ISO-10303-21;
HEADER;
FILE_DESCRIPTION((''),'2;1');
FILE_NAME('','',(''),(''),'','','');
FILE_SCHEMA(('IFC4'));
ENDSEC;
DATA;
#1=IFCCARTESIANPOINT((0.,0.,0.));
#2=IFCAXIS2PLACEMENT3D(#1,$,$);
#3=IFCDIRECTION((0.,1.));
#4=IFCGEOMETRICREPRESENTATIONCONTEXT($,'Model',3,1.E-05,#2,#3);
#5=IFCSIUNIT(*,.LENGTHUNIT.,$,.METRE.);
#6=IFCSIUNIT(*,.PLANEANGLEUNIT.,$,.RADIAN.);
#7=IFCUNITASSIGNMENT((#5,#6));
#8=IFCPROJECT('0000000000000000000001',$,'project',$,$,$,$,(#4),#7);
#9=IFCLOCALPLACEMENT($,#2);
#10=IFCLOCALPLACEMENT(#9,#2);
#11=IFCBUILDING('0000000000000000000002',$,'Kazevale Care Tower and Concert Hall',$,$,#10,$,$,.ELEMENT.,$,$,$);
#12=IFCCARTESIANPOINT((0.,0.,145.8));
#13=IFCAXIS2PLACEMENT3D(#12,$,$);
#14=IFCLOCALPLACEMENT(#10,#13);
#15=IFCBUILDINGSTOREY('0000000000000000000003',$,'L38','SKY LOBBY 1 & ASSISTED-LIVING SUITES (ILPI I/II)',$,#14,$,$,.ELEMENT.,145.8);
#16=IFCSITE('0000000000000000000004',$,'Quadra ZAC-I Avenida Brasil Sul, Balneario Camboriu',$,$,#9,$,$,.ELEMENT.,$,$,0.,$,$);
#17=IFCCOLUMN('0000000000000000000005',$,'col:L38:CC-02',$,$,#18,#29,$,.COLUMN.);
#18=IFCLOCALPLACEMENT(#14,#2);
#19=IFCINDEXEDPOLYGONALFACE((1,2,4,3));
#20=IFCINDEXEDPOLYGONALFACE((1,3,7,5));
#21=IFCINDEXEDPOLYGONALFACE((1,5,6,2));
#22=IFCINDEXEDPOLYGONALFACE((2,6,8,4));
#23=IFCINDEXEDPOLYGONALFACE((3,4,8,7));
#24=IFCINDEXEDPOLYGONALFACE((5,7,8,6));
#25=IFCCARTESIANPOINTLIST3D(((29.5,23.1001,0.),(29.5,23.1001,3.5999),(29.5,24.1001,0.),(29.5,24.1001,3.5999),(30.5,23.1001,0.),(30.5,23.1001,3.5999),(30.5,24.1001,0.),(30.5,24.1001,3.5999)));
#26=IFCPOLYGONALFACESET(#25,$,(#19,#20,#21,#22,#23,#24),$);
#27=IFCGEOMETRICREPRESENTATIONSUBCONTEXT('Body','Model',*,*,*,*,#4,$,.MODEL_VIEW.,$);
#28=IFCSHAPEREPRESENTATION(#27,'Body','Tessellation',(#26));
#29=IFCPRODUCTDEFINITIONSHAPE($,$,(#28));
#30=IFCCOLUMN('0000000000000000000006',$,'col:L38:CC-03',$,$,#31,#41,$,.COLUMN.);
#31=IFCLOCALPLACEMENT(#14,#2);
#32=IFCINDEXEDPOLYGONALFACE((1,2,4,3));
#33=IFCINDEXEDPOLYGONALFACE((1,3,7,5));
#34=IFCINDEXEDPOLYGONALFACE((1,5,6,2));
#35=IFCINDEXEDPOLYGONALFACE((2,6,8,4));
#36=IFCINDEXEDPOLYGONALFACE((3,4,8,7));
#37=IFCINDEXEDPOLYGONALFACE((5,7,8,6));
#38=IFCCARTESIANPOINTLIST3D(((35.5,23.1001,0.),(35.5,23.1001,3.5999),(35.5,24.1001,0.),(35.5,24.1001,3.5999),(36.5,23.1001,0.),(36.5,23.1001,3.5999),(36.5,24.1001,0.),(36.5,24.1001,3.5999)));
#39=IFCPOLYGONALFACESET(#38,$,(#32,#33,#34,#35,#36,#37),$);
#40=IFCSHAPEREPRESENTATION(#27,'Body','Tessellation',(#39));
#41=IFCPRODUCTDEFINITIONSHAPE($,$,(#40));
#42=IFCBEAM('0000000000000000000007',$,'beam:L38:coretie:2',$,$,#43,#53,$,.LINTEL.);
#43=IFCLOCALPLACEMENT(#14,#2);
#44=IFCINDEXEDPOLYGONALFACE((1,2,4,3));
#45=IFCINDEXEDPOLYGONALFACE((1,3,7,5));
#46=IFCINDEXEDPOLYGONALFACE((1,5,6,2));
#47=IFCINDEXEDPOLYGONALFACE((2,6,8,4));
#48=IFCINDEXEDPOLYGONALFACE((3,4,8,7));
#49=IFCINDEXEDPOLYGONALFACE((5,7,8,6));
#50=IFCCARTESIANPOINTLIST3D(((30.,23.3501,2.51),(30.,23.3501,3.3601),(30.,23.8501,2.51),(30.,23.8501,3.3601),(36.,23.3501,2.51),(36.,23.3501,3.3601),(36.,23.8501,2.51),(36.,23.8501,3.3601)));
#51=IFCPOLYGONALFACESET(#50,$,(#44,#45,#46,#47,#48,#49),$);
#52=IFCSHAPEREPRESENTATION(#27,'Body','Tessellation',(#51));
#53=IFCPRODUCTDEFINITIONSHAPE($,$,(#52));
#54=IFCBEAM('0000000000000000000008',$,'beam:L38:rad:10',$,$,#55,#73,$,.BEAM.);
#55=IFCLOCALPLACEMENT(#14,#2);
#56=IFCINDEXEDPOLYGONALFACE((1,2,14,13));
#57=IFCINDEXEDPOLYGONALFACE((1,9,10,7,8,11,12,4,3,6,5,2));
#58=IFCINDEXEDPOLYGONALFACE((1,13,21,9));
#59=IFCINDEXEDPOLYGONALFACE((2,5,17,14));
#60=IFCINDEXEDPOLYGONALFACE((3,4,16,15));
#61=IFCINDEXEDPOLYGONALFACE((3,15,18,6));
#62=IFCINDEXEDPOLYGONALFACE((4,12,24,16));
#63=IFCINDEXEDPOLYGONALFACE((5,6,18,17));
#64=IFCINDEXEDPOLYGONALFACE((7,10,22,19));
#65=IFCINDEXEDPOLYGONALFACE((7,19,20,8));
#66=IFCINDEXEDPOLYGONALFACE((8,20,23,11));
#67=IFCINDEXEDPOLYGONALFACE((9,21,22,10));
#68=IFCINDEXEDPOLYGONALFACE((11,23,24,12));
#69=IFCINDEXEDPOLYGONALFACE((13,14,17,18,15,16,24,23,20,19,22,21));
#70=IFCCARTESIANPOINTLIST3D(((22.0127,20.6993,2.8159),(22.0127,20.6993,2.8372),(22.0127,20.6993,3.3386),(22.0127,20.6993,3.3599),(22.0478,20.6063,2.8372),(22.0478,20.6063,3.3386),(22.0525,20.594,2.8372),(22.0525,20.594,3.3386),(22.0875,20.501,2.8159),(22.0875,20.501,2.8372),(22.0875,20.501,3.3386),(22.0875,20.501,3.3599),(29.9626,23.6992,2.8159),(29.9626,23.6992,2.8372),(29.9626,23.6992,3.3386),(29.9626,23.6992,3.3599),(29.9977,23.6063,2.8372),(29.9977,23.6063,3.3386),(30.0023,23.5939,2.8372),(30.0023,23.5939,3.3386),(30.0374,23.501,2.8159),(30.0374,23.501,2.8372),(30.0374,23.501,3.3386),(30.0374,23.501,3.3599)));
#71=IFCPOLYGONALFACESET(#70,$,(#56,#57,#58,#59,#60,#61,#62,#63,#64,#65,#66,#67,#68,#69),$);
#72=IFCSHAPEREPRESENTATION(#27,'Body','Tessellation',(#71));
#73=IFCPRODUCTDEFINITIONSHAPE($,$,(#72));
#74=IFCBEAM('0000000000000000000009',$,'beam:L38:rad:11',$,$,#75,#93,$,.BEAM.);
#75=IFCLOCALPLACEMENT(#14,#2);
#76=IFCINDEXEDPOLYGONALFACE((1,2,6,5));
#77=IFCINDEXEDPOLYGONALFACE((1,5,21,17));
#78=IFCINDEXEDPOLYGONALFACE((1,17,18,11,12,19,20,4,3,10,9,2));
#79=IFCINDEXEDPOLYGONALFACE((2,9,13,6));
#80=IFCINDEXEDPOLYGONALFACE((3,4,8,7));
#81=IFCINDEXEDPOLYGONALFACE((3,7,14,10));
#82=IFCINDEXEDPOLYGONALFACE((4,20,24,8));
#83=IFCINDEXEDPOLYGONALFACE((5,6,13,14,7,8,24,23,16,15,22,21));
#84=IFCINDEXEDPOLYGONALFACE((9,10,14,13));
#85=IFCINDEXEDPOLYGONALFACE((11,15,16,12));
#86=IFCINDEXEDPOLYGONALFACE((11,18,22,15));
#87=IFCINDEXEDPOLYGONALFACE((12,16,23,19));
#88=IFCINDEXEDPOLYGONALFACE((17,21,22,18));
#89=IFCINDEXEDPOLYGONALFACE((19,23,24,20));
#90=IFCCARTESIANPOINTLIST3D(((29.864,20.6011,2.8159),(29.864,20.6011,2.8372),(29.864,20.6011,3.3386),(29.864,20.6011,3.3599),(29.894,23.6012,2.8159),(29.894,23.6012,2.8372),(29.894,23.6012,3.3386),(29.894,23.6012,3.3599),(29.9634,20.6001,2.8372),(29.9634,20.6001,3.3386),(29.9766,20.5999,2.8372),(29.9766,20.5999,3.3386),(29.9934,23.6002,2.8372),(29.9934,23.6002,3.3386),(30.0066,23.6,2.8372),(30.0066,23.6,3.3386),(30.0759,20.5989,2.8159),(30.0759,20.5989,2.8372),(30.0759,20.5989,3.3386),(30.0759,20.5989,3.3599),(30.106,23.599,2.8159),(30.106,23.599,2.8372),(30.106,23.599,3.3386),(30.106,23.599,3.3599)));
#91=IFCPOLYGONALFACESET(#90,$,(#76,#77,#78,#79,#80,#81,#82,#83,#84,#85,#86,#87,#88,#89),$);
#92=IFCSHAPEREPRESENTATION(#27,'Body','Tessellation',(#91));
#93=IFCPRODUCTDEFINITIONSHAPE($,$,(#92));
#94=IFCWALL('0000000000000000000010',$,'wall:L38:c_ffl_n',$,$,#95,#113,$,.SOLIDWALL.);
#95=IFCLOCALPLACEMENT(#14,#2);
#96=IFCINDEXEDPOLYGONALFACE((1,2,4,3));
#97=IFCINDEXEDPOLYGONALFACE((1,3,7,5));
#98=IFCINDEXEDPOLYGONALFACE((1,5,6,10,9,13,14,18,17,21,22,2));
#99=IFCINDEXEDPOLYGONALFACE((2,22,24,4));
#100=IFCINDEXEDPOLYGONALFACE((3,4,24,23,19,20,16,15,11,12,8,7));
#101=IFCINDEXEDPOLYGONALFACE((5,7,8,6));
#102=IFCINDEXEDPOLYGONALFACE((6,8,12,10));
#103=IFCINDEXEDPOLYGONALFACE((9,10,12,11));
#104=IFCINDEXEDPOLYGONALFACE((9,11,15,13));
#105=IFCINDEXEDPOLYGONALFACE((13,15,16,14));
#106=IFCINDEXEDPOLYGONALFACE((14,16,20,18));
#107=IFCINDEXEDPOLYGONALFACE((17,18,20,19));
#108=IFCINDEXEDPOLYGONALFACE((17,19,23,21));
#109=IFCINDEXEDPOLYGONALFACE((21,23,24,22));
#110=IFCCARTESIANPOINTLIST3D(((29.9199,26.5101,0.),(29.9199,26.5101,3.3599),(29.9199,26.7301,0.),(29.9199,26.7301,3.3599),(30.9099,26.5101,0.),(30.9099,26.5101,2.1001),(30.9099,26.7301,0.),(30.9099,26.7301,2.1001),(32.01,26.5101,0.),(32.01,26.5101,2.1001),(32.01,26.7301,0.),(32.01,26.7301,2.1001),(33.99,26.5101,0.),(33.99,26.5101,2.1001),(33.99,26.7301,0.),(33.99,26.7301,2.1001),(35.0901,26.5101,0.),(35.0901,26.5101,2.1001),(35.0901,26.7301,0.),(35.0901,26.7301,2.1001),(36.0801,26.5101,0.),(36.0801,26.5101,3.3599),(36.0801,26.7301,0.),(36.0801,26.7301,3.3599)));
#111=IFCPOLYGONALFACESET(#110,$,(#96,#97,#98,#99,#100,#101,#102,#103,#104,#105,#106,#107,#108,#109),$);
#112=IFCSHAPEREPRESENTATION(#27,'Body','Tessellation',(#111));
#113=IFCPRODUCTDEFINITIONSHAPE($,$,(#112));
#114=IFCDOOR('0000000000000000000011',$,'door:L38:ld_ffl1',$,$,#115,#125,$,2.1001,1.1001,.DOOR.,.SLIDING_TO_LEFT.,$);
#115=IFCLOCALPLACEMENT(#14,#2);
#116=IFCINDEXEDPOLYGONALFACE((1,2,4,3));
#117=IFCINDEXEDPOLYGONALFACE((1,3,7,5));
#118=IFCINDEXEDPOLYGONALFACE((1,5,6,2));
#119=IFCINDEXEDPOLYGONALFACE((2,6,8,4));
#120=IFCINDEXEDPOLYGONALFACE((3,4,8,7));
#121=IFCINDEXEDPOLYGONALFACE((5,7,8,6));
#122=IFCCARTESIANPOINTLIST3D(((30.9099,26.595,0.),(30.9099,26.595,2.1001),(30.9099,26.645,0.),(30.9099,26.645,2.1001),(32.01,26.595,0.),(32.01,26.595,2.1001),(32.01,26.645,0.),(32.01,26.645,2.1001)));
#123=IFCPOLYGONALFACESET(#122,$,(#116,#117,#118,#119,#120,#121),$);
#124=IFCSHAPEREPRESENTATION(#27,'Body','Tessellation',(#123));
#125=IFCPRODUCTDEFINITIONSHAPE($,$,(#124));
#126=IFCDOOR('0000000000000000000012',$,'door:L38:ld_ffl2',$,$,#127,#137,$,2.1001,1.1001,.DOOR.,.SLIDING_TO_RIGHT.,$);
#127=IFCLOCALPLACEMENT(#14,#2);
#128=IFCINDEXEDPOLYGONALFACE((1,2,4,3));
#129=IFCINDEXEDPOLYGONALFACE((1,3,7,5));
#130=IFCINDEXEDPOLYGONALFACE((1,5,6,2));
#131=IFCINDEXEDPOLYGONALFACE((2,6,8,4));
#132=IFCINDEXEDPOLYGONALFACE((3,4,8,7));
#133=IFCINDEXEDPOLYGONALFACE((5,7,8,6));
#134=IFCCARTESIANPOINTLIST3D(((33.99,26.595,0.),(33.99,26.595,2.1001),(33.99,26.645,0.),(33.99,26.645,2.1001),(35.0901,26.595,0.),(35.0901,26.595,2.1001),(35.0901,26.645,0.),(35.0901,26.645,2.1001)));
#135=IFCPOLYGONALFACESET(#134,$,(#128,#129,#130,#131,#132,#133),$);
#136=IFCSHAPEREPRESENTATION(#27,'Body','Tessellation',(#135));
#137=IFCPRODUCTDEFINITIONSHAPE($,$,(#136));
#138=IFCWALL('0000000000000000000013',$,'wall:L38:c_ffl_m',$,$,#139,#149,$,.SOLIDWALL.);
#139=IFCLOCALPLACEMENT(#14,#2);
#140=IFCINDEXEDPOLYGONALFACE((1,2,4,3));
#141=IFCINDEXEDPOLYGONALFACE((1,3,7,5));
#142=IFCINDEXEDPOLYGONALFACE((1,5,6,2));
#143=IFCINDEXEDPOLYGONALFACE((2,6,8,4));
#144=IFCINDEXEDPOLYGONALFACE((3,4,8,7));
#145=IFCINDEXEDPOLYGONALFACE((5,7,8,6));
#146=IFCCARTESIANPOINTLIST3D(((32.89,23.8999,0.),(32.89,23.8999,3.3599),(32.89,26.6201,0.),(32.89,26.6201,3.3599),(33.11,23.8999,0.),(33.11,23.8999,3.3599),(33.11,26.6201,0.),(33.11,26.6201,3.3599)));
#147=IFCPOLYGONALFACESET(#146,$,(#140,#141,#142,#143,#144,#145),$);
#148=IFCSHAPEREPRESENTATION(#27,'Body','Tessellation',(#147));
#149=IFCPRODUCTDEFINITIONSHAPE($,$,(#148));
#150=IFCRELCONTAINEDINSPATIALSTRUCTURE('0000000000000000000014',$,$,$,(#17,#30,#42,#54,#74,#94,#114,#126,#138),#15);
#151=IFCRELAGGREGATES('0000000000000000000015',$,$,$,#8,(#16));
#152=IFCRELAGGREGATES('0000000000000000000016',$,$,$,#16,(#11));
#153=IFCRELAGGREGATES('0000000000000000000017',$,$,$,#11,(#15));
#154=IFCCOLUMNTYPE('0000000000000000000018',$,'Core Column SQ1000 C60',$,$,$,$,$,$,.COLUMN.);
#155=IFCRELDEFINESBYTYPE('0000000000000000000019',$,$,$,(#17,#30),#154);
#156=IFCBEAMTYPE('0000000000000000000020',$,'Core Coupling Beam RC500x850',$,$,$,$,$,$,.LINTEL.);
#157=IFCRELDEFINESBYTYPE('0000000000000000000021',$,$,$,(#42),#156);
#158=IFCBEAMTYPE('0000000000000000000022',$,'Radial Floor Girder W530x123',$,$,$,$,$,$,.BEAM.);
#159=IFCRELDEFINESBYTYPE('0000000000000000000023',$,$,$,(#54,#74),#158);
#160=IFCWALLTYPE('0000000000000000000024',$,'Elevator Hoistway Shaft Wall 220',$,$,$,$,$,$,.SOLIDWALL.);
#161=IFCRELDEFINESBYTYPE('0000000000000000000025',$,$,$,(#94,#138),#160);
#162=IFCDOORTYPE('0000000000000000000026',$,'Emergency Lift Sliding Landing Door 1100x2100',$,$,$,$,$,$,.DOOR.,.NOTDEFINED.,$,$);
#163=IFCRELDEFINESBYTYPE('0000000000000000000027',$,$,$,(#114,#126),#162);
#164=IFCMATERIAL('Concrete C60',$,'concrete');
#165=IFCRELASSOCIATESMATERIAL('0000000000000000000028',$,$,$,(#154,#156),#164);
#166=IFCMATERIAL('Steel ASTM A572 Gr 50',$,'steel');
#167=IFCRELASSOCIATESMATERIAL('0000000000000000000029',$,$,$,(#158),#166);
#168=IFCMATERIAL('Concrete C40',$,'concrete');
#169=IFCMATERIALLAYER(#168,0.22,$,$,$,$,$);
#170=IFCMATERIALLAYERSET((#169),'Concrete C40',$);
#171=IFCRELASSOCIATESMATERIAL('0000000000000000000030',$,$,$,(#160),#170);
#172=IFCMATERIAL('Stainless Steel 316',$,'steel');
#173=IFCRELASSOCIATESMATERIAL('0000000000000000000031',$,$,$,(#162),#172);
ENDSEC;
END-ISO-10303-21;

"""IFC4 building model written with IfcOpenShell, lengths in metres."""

from ifc_helpers import new_model, si_unit, direction, frame, frame_2d, origin, origin_2d, place, context, subcontext, project, spatial, rectangle, i_section, extrude, material, layer, layer_set, material_profile, profile_set, type_object, element, fill, save


model = new_model("IFC4")

# Units and contexts
model_context = context("Model", 3, precision=1e-05, world=origin(), true_north=direction((0.0, 1.0)))
body_context = subcontext(model_context, "Body", "Model", "MODEL_VIEW")
ifc_project = project(units=[si_unit("LENGTHUNIT", "METRE"), si_unit("PLANEANGLEUNIT", "RADIAN")], contexts=[model_context])

# Site, building, storey
site_placement = place(None, origin())
site = spatial("IfcSite", under=ifc_project, at=site_placement, Name="Quadra ZAC-I Avenida Brasil Sul, Balneario Camboriu", CompositionType="ELEMENT", RefElevation=0.0)
building_placement = place(site_placement, origin())
building = spatial("IfcBuilding", under=site, at=building_placement, Name="Kazevale Care Tower and Concert Hall", CompositionType="ELEMENT")
storey_placement = place(building_placement, frame((0.0, 0.0, 145.8)))
storey = spatial("IfcBuildingStorey", under=building, at=storey_placement, Name="L38", Description="SKY LOBBY 1 & ASSISTED-LIVING SUITES (ILPI I/II)", CompositionType="ELEMENT", Elevation=145.8)

# Columns
ifc_material_1 = material(Name="Concrete C60", Category="concrete")
ifc_material_profile_1 = material_profile(ifc_material_1, rectangle(XDim=1.0, YDim=1.0, at=origin_2d()), Name="RC-SQ1000")
ifc_profile_set_1 = profile_set([ifc_material_profile_1], Name="Concrete C60")
column_type = type_object("IfcColumnType", Name="Core Column SQ1000 C60", PredefinedType="COLUMN", material=ifc_profile_set_1)
for number, where, z_axis, x_axis, name in (
    (1, (30.0, 23.6001, 0.0), (0.0, 0.0, 1.0), (1.0, 0.0, 0.0), "col:L38:CC-02"),
    (2, (36.0, 23.6001, 0.0), (0.0, 0.0, 1.0), (1.0, 0.0, 0.0), "col:L38:CC-03"),
):
    element("IfcColumn", number, at=place(storey_placement, frame(where, z_axis=z_axis, x_axis=x_axis)), inside=storey, type_object=column_type, Name=name, PredefinedType="COLUMN", context=body_context, shape_type="SweptSolid", body=[
        extrude(rectangle(XDim=1.0, YDim=1.0, at=origin_2d()), origin(), (0.0, 0.0, 1.0), 3.5999),
    ])

# Beams
ifc_material_profile_2 = material_profile(ifc_material_1, rectangle(XDim=0.5, YDim=0.8501, at=origin_2d()), Name="RC-B500x850")
ifc_profile_set_2 = profile_set([ifc_material_profile_2], Name="Concrete C60")
beam_type_1 = type_object("IfcBeamType", Name="Core Coupling Beam RC500x850", PredefinedType="LINTEL", material=ifc_profile_set_2)
beam_1_placement = place(storey_placement, frame((30.0, 23.6001, 2.9351), z_axis=(1.0, 0.0, 0.0), x_axis=(0.0, 1.0, 0.0)))
element("IfcBeam", 3, at=beam_1_placement, inside=storey, type_object=beam_type_1, Name="beam:L38:coretie:2", PredefinedType="LINTEL", context=body_context, shape_type="SweptSolid", body=[
    extrude(rectangle(XDim=0.5, YDim=0.8501, at=origin_2d()), origin(), (0.0, 0.0, 1.0), 6.0),
])
ifc_material_2 = material(Name="Steel ASTM A572 Gr 50", Category="steel")
ifc_material_profile_3 = material_profile(ifc_material_2, i_section(OverallWidth=0.2119, OverallDepth=0.5439, WebThickness=0.0132, FlangeThickness=0.0212, at=origin_2d()), Name="W530x123")
ifc_profile_set_3 = profile_set([ifc_material_profile_3], Name="Steel ASTM A572 Gr 50")
beam_type_2 = type_object("IfcBeamType", Name="Radial Floor Girder W530x123", PredefinedType="BEAM", material=ifc_profile_set_3)
beam_2_placement = place(storey_placement, frame((30.0, 23.6001, 3.0879), z_axis=(-0.935601, -0.353059, 0.0), x_axis=(0.353059, -0.935601, 0.0)))
element("IfcBeam", 4, at=beam_2_placement, inside=storey, type_object=beam_type_2, Name="beam:L38:rad:10", PredefinedType="BEAM", context=body_context, shape_type="SweptSolid", body=[
    extrude(i_section(OverallWidth=0.2119, OverallDepth=0.5439, WebThickness=0.0132, FlangeThickness=0.0212, at=origin_2d()), origin(), (0.0, 0.0, 1.0), 8.4971),
])
beam_3_placement = place(storey_placement, frame((30.0, 23.6001, 3.0879), z_axis=(-0.010009, -0.99995, 0.0), x_axis=(0.99995, -0.010009, 0.0)))
element("IfcBeam", 5, at=beam_3_placement, inside=storey, type_object=beam_type_2, Name="beam:L38:rad:11", PredefinedType="BEAM", context=body_context, shape_type="SweptSolid", body=[
    extrude(i_section(OverallWidth=0.2119, OverallDepth=0.5439, WebThickness=0.0132, FlangeThickness=0.0212, at=origin_2d()), origin(), (0.0, 0.0, 1.0), 3.0002),
])

# Wall, openings, doors
ifc_material_3 = material(Name="Concrete C40", Category="concrete")
ifc_layer_1 = layer(ifc_material_3, 0.22)
ifc_layer_set_1 = layer_set([ifc_layer_1], Name="Concrete C40")
wall_type_1 = type_object("IfcWallType", Name="Elevator Hoistway Shaft Wall 220", PredefinedType="SOLIDWALL", material=ifc_layer_set_1)
wall_1_placement = place(storey_placement, frame((29.9199, 26.6201, 0.0), z_axis=(0.0, 0.0, 1.0), x_axis=(1.0, 0.0, 0.0)))
wall_1 = element("IfcWall", 6, at=wall_1_placement, inside=storey, type_object=wall_type_1, Name="wall:L38:c_ffl_n", PredefinedType="SOLIDWALL", context=body_context, shape_type="SweptSolid", body=[
    extrude(rectangle(XDim=6.1602, YDim=0.22, at=frame_2d((3.0801, 0.0))), origin(), (0.0, 0.0, 1.0), 3.3599),
])
opening_1_placement = place(wall_1_placement, frame((0.99, 0.0, 0.0)))
opening_1 = element("IfcOpeningElement", 7, at=opening_1_placement, cuts=wall_1, PredefinedType="OPENING", context=body_context, shape_type="SweptSolid", body=[
    extrude(rectangle(XDim=1.1001, YDim=2.1001, at=frame_2d((0.55, 1.05))), frame((0.0, 0.1199, 0.0), z_axis=(0.0, -1.0, 0.0), x_axis=(1.0, 0.0, 0.0)), (0.0, 0.0, 1.0), 0.24),
])
opening_2_placement = place(wall_1_placement, frame((4.0701, 0.0, 0.0)))
opening_2 = element("IfcOpeningElement", 8, at=opening_2_placement, cuts=wall_1, PredefinedType="OPENING", context=body_context, shape_type="SweptSolid", body=[
    extrude(rectangle(XDim=1.1001, YDim=2.1001, at=frame_2d((0.55, 1.05))), frame((0.0, 0.1199, 0.0), z_axis=(0.0, -1.0, 0.0), x_axis=(1.0, 0.0, 0.0)), (0.0, 0.0, 1.0), 0.24),
])
ifc_material_4 = material(Name="Stainless Steel 316", Category="steel")
door_type_1 = type_object("IfcDoorType", Name="Emergency Lift Sliding Landing Door 1100x2100", OperationType="NOTDEFINED", PredefinedType="DOOR", material=ifc_material_4)
door_1_placement = place(opening_1_placement, origin())
door_1 = element("IfcDoor", 9, at=door_1_placement, inside=storey, type_object=door_type_1, Name="door:L38:ld_ffl1", OperationType="SLIDING_TO_LEFT", OverallHeight=2.1001, OverallWidth=1.1001, PredefinedType="DOOR", context=body_context, shape_type="SweptSolid", body=[
    extrude(rectangle(XDim=1.1001, YDim=2.1001, at=frame_2d((0.55, 1.05))), frame((0.0, 0.0249, 0.0), z_axis=(0.0, -1.0, 0.0), x_axis=(1.0, 0.0, 0.0)), (0.0, 0.0, 1.0), 0.05),
])
fill(opening_1, door_1)
door_2_placement = place(opening_2_placement, origin())
door_2 = element("IfcDoor", 10, at=door_2_placement, inside=storey, type_object=door_type_1, Name="door:L38:ld_ffl2", OperationType="SLIDING_TO_RIGHT", OverallHeight=2.1001, OverallWidth=1.1001, PredefinedType="DOOR", context=body_context, shape_type="SweptSolid", body=[
    extrude(rectangle(XDim=1.1001, YDim=2.1001, at=frame_2d((0.55, 1.05))), frame((0.0, 0.0249, 0.0), z_axis=(0.0, -1.0, 0.0), x_axis=(1.0, 0.0, 0.0)), (0.0, 0.0, 1.0), 0.05),
])
fill(opening_2, door_2)

# Wall
wall_2_placement = place(storey_placement, frame((33.0, 23.8999, 0.0), z_axis=(0.0, 0.0, 1.0), x_axis=(0.0, 1.0, 0.0)))
element("IfcWall", 11, at=wall_2_placement, inside=storey, type_object=wall_type_1, Name="wall:L38:c_ffl_m", PredefinedType="SOLIDWALL", context=body_context, shape_type="SweptSolid", body=[
    extrude(rectangle(XDim=2.7202, YDim=0.22, at=frame_2d((1.3601, 0.0))), origin(), (0.0, 0.0, 1.0), 3.3599),
])

save(model, "model.ifc")
